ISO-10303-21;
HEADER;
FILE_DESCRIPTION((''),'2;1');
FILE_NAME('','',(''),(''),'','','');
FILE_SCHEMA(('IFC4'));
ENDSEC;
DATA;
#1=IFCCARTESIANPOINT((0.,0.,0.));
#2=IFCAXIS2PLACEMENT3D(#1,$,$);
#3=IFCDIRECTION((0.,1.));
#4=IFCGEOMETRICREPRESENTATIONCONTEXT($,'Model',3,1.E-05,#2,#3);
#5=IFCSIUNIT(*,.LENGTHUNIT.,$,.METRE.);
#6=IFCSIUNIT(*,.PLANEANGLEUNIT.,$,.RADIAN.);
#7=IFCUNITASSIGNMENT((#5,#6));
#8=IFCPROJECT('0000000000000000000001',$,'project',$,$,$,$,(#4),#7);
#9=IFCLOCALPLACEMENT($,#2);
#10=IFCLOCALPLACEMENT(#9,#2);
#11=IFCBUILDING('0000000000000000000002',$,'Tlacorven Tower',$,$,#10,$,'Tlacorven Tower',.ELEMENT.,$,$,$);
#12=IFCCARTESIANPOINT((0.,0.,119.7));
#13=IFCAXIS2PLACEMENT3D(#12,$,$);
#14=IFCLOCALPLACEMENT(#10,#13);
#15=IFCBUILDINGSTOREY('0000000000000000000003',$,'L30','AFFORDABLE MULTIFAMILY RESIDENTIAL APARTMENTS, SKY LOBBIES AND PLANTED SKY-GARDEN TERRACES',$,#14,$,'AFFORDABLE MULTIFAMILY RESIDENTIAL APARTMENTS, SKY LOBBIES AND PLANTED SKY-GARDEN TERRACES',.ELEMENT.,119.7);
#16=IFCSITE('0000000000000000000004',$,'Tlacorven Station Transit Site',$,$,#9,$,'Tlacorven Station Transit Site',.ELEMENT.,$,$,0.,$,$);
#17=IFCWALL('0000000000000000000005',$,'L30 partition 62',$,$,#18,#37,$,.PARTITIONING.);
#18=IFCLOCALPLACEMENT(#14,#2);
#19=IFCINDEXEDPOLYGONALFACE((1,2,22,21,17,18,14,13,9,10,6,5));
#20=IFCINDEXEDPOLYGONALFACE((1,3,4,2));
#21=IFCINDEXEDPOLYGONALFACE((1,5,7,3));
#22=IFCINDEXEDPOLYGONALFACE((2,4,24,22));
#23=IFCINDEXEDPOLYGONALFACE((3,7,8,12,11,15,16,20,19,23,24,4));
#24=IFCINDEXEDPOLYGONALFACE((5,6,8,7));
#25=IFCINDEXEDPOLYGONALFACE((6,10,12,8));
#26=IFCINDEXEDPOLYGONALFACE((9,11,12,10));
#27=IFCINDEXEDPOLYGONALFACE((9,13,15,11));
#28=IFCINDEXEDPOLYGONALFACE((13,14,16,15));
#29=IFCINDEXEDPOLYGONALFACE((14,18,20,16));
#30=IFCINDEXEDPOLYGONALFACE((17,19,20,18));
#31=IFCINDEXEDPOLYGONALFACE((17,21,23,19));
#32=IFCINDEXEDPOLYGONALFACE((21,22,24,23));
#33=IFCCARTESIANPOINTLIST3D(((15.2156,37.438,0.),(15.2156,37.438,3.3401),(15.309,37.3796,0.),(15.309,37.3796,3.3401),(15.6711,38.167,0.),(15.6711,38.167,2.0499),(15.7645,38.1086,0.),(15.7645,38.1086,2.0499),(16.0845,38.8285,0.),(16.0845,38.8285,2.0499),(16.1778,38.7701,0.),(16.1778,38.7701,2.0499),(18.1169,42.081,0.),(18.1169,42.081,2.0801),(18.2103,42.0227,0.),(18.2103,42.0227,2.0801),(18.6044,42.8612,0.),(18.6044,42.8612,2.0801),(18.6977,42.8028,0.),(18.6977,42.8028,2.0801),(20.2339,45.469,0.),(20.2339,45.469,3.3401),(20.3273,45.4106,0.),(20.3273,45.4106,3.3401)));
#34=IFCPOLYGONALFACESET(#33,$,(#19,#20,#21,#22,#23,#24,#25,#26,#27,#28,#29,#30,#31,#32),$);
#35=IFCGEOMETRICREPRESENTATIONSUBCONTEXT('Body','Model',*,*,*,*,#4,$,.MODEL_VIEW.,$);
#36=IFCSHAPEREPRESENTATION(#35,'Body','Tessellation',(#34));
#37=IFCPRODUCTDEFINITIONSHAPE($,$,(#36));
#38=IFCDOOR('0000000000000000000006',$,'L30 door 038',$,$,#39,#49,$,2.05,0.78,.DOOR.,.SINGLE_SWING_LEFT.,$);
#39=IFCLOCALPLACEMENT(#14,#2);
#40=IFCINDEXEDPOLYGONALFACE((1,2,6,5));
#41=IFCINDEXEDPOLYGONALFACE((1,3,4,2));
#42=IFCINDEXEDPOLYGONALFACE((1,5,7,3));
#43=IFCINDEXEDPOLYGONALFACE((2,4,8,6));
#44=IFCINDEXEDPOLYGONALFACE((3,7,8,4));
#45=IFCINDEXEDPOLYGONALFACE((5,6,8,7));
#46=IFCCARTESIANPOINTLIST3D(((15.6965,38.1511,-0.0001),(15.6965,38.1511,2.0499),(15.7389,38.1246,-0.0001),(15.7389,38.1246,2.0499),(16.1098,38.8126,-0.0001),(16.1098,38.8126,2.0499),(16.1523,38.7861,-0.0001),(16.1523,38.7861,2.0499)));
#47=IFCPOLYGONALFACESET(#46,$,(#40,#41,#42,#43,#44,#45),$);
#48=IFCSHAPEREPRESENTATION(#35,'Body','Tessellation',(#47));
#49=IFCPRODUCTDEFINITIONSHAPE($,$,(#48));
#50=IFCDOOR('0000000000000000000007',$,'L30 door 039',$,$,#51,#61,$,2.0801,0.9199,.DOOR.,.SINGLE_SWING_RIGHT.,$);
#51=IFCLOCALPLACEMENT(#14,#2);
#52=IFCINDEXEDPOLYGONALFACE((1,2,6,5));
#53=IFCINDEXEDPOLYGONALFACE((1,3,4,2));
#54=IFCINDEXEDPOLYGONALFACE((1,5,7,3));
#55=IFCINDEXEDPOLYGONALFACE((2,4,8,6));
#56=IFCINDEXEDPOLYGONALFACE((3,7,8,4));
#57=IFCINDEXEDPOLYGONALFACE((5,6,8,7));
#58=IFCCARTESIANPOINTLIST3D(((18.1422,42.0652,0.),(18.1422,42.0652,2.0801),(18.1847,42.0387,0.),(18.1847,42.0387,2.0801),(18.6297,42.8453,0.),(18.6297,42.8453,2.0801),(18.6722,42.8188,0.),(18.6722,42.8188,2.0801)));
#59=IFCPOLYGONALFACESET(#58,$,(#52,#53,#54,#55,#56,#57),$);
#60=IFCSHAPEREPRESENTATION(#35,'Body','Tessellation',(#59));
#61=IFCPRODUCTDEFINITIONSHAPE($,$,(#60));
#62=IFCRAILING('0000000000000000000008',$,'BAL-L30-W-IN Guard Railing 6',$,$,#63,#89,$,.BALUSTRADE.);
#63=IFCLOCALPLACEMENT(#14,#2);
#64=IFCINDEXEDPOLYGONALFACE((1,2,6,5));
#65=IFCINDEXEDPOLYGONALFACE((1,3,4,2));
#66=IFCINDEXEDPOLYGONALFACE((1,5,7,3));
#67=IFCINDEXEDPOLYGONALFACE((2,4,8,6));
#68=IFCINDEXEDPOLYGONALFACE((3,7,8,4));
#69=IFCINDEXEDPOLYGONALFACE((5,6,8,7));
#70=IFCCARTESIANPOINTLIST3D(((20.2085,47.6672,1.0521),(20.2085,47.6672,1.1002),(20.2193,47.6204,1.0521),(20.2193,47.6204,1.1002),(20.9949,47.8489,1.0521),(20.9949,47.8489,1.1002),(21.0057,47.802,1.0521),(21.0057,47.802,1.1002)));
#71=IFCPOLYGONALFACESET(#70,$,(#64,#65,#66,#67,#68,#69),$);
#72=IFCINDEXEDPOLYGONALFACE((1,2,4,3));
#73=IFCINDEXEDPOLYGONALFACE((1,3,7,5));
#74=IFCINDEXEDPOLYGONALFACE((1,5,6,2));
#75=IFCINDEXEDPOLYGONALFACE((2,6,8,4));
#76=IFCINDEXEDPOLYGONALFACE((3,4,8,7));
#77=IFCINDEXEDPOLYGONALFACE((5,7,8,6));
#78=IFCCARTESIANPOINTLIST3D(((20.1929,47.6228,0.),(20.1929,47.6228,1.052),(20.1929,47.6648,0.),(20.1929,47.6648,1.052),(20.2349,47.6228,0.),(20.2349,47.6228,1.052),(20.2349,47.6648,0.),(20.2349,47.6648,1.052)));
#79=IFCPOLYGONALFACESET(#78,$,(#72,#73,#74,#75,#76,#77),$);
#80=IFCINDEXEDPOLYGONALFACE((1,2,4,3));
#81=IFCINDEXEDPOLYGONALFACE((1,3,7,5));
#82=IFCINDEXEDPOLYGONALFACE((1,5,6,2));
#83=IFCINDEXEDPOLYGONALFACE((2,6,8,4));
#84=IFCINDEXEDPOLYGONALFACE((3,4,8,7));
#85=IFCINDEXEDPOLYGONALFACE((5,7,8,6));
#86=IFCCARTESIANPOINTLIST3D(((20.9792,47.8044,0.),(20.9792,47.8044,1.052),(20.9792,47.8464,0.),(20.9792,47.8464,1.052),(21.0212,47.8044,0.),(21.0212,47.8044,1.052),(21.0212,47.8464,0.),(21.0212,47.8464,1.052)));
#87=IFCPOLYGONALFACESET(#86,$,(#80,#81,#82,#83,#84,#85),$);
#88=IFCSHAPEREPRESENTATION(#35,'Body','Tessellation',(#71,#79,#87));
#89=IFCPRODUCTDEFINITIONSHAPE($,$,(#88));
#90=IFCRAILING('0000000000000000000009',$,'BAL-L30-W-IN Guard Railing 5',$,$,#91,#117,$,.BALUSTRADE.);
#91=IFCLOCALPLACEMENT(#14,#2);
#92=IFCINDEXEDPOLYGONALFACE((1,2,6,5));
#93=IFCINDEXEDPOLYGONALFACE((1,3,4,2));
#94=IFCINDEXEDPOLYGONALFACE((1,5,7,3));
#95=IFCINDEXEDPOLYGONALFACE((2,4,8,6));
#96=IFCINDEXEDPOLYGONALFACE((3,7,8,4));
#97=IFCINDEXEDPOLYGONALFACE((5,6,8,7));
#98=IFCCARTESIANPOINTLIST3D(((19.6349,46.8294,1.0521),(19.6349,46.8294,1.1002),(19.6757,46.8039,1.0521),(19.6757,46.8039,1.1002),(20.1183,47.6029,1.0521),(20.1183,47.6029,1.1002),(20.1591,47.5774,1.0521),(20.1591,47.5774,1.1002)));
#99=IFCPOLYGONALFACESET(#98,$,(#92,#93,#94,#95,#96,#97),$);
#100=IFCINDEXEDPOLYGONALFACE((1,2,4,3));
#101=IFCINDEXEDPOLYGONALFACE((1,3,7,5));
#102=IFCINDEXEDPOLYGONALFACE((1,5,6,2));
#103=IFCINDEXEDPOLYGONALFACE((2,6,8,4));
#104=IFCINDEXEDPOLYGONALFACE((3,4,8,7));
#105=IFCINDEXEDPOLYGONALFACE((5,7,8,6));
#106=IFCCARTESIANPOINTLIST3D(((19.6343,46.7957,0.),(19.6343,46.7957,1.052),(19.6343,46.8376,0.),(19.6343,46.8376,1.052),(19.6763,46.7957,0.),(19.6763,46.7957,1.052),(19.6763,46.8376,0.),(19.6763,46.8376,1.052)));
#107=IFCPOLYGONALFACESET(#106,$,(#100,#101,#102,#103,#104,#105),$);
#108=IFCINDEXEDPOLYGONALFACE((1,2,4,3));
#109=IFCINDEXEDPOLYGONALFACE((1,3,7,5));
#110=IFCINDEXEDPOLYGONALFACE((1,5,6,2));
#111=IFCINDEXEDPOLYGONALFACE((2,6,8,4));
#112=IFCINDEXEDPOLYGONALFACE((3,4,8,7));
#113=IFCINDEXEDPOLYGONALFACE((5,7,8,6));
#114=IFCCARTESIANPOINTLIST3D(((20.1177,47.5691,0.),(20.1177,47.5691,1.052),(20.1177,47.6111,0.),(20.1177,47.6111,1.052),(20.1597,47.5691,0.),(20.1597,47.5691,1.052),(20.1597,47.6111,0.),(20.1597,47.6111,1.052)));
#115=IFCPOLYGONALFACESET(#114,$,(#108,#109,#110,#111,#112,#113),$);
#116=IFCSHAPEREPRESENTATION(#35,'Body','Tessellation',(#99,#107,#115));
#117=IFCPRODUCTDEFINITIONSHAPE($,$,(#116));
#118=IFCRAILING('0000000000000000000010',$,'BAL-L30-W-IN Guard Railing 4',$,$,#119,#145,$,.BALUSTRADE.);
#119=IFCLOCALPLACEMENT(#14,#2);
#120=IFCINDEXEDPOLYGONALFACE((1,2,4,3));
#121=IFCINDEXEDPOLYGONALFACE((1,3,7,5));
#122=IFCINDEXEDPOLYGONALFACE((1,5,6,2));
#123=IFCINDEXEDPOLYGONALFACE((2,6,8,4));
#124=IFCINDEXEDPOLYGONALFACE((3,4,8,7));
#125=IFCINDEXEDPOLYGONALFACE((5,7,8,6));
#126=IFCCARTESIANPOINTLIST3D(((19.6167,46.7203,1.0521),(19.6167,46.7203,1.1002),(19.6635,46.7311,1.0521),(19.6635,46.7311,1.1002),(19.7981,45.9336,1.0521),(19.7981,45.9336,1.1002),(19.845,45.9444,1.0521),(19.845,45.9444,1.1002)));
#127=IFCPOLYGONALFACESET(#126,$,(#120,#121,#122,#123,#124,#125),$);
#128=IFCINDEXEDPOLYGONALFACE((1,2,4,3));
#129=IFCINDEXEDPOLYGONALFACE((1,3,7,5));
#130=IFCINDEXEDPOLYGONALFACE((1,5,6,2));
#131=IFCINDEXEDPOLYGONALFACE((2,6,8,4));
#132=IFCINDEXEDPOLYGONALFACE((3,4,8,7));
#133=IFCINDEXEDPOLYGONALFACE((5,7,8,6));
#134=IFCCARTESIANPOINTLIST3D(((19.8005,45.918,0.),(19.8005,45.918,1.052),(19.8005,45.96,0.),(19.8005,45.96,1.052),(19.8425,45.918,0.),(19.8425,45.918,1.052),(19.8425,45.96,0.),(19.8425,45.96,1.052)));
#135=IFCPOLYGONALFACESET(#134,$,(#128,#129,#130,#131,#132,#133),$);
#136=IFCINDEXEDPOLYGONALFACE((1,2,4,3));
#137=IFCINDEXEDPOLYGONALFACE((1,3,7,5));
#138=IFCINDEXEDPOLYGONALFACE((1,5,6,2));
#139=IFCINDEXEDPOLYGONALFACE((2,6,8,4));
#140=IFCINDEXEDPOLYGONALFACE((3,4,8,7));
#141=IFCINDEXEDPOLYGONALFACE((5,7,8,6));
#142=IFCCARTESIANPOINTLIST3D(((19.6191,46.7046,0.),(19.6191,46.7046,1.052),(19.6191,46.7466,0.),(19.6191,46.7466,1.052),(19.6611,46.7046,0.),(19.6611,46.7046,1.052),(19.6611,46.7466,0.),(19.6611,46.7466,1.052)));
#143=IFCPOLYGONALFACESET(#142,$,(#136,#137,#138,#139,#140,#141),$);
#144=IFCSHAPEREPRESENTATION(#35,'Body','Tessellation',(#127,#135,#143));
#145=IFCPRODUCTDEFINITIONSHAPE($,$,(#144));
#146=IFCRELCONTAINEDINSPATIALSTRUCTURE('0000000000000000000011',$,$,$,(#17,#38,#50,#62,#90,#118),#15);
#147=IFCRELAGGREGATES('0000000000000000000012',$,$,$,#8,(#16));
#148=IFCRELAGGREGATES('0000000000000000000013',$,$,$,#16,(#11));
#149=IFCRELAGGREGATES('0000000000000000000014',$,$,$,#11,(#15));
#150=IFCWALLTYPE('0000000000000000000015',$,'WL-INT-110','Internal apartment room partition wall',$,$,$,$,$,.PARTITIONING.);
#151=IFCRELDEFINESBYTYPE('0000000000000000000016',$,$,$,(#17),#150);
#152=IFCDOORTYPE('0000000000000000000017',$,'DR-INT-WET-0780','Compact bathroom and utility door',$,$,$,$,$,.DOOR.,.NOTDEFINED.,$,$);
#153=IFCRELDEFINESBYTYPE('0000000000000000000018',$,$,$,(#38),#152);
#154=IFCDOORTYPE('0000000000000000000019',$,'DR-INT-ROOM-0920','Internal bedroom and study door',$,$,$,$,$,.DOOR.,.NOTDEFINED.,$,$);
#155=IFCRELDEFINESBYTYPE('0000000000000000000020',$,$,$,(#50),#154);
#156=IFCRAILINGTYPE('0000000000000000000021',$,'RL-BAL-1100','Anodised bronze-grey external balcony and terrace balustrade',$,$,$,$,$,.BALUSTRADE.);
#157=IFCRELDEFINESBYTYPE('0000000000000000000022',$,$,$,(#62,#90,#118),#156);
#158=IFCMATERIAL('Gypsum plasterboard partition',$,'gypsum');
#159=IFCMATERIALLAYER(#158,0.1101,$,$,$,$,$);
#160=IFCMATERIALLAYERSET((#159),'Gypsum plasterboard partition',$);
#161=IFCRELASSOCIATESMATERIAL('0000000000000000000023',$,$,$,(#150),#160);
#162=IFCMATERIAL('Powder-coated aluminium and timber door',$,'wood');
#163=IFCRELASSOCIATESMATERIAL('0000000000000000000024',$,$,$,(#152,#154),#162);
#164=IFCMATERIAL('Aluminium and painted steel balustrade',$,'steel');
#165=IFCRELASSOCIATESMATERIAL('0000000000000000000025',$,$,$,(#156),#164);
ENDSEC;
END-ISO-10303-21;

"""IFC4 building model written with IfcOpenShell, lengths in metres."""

from ifc_helpers import new_model, si_unit, direction, frame, frame_2d, origin, origin_2d, place, context, subcontext, project, spatial, rectangle, extrude, source, transform, mapped, material, layer, layer_set, type_object, element, fill, save


model = new_model("IFC4")

# Units and contexts
model_context = context("Model", 3, precision=1e-05, world=origin(), true_north=direction((0.0, 1.0)))
body_context = subcontext(model_context, "Body", "Model", "MODEL_VIEW")
ifc_project = project(units=[si_unit("LENGTHUNIT", "METRE"), si_unit("PLANEANGLEUNIT", "RADIAN")], contexts=[model_context])

# Site, building, storey
site_placement = place(None, origin())
site = spatial("IfcSite", under=ifc_project, at=site_placement, Name="Tlacorven Station Transit Site", LongName="Tlacorven Station Transit Site", CompositionType="ELEMENT", RefElevation=0.0)
building_placement = place(site_placement, origin())
building = spatial("IfcBuilding", under=site, at=building_placement, Name="Tlacorven Tower", LongName="Tlacorven Tower", CompositionType="ELEMENT")
storey_placement = place(building_placement, frame((0.0, 0.0, 119.7)))
storey = spatial("IfcBuildingStorey", under=building, at=storey_placement, Name="L30", Description="AFFORDABLE MULTIFAMILY RESIDENTIAL APARTMENTS, SKY LOBBIES AND PLANTED SKY-GARDEN TERRACES", LongName="AFFORDABLE MULTIFAMILY RESIDENTIAL APARTMENTS, SKY LOBBIES AND PLANTED SKY-GARDEN TERRACES", CompositionType="ELEMENT", Elevation=119.7)

# Shared definitions
ifc_material_1 = material(Name="Powder-coated aluminium and timber door", Category="wood")

# Wall, openings, doors
ifc_material_2 = material(Name="Gypsum plasterboard partition", Category="gypsum")
ifc_layer_1 = layer(ifc_material_2, 0.1101)
ifc_layer_set_1 = layer_set([ifc_layer_1], Name="Gypsum plasterboard partition")
wall_type_1 = type_object("IfcWallType", Name="WL-INT-110", Description="Internal apartment room partition wall", PredefinedType="PARTITIONING", material=ifc_layer_set_1)
wall_1_placement = place(storey_placement, frame((20.2805, 45.4397, 0.0), z_axis=(0.0, 0.0, 1.0), x_axis=(-0.529918, -0.848049, 0.0)))
wall_1 = element("IfcWall", 1, at=wall_1_placement, inside=storey, type_object=wall_type_1, Name="L30 partition 62", PredefinedType="PARTITIONING", context=body_context, shape_type="SweptSolid", body=[
    extrude(rectangle(XDim=9.47, YDim=0.1101, at=frame_2d((4.7349, 0.0))), origin(), (0.0, 0.0, 1.0), 3.3401),
])
opening_1_placement = place(wall_1_placement, frame((7.8301, 0.0, 0.0)))
opening_1 = element("IfcOpeningElement", 2, at=opening_1_placement, cuts=wall_1, PredefinedType="OPENING", context=body_context, shape_type="SweptSolid", body=[
    extrude(rectangle(XDim=0.78, YDim=2.05, at=frame_2d((0.3901, 1.0249))), frame((0.0, 0.0649, 0.0), z_axis=(0.0, -1.0, 0.0), x_axis=(1.0, 0.0, 0.0)), (0.0, 0.0, 1.0), 0.1301),
])
opening_2_placement = place(wall_1_placement, frame((3.075, 0.0, 0.0)))
opening_2 = element("IfcOpeningElement", 3, at=opening_2_placement, cuts=wall_1, PredefinedType="OPENING", context=body_context, shape_type="SweptSolid", body=[
    extrude(rectangle(XDim=0.9199, YDim=2.0801, at=frame_2d((0.46, 1.04))), frame((0.0, 0.0649, 0.0), z_axis=(0.0, -1.0, 0.0), x_axis=(1.0, 0.0, 0.0)), (0.0, 0.0, 1.0), 0.1301),
])
door_type_1 = type_object("IfcDoorType", Name="DR-INT-WET-0780", Description="Compact bathroom and utility door", OperationType="NOTDEFINED", PredefinedType="DOOR", material=ifc_material_1)
shared_shape_1 = source(origin(), body_context, "Body", "SweptSolid", [
    extrude(rectangle(XDim=0.78, YDim=2.05, at=frame_2d((0.3901, 1.0249))), frame((0.0, 0.0249, 0.0), z_axis=(0.0, -1.0, 0.0), x_axis=(1.0, 0.0, 0.0)), (0.0, 0.0, 1.0), 0.05),
])
door_1_placement = place(opening_1_placement, origin())
door_1 = element("IfcDoor", 4, at=door_1_placement, inside=storey, type_object=door_type_1, Name="L30 door 038", OperationType="SINGLE_SWING_LEFT", OverallHeight=2.05, OverallWidth=0.78, PredefinedType="DOOR", context=body_context, shape_type="MappedRepresentation", body=[
    mapped(shared_shape_1, transform((0.0, 0.0, 0.0), scale=1.0)),
])
fill(opening_1, door_1)
door_type_2 = type_object("IfcDoorType", Name="DR-INT-ROOM-0920", Description="Internal bedroom and study door", OperationType="NOTDEFINED", PredefinedType="DOOR", material=ifc_material_1)
shared_shape_2 = source(origin(), body_context, "Body", "SweptSolid", [
    extrude(rectangle(XDim=0.9199, YDim=2.0801, at=frame_2d((0.46, 1.04))), frame((0.0, 0.0249, 0.0), z_axis=(0.0, -1.0, 0.0), x_axis=(1.0, 0.0, 0.0)), (0.0, 0.0, 1.0), 0.05),
])
door_2_placement = place(opening_2_placement, origin())
door_2 = element("IfcDoor", 5, at=door_2_placement, inside=storey, type_object=door_type_2, Name="L30 door 039", OperationType="SINGLE_SWING_RIGHT", OverallHeight=2.0801, OverallWidth=0.9199, PredefinedType="DOOR", context=body_context, shape_type="MappedRepresentation", body=[
    mapped(shared_shape_2, transform((0.0, 0.0, 0.0), scale=1.0)),
])
fill(opening_2, door_2)

# Railings
ifc_material_3 = material(Name="Aluminium and painted steel balustrade", Category="steel")
railing_type = type_object("IfcRailingType", Name="RL-BAL-1100", Description="Anodised bronze-grey external balcony and terrace balustrade", PredefinedType="BALUSTRADE", material=ifc_material_3)
shared_shape_3 = source(origin(), body_context, "Body", "SweptSolid", [
    extrude(rectangle(XDim=0.0481, YDim=0.0481, at=origin_2d()), frame((0.0, 0.0, 1.0762), z_axis=(0.974345, 0.225058, 0.0), x_axis=(-0.225058, 0.974345, 0.0)), (0.0, 0.0, 1.0), 0.8071),
    extrude(rectangle(XDim=0.042, YDim=0.042, at=origin_2d()), origin(), (0.0, 0.0, 1.0), 1.052),
    extrude(rectangle(XDim=0.042, YDim=0.042, at=origin_2d()), frame((0.7864, 0.1816, 0.0)), (0.0, 0.0, 1.0), 1.052),
])
railing_1_placement = place(storey_placement, frame((20.2139, 47.6438, 0.0)))
element("IfcRailing", 6, at=railing_1_placement, inside=storey, type_object=railing_type, Name="BAL-L30-W-IN Guard Railing 6", PredefinedType="BALUSTRADE", context=body_context, shape_type="MappedRepresentation", body=[
    mapped(shared_shape_3, transform((0.0, 0.0, 0.0), scale=1.0)),
])
shared_shape_4 = source(origin(), body_context, "Body", "SweptSolid", [
    extrude(rectangle(XDim=0.0481, YDim=0.0481, at=origin_2d()), frame((0.0, 0.0, 1.0762), z_axis=(0.529999, 0.847998, 0.0), x_axis=(-0.847998, 0.529999, 0.0)), (0.0, 0.0, 1.0), 0.9121),
    extrude(rectangle(XDim=0.042, YDim=0.042, at=origin_2d()), origin(), (0.0, 0.0, 1.0), 1.052),
    extrude(rectangle(XDim=0.042, YDim=0.042, at=origin_2d()), frame((0.4834, 0.7734, 0.0)), (0.0, 0.0, 1.0), 1.052),
])
railing_2_placement = place(storey_placement, frame((19.6553, 46.8167, 0.0)))
element("IfcRailing", 7, at=railing_2_placement, inside=storey, type_object=railing_type, Name="BAL-L30-W-IN Guard Railing 5", PredefinedType="BALUSTRADE", context=body_context, shape_type="MappedRepresentation", body=[
    mapped(shared_shape_4, transform((0.0, 0.0, 0.0), scale=1.0)),
])
shared_shape_5 = source(origin(), body_context, "Body", "SweptSolid", [
    extrude(rectangle(XDim=0.0481, YDim=0.0481, at=origin_2d()), frame((0.0, 0.0, 1.0762), z_axis=(-0.224705, 0.974427, 0.0), x_axis=(-0.974427, -0.224705, 0.0)), (0.0, 0.0, 1.0), 0.8074),
    extrude(rectangle(XDim=0.042, YDim=0.042, at=origin_2d()), origin(), (0.0, 0.0, 1.0), 1.052),
    extrude(rectangle(XDim=0.042, YDim=0.042, at=origin_2d()), frame((-0.1814, 0.7866, 0.0)), (0.0, 0.0, 1.0), 1.052),
])
railing_3_placement = place(storey_placement, frame((19.8215, 45.939, 0.0)))
element("IfcRailing", 8, at=railing_3_placement, inside=storey, type_object=railing_type, Name="BAL-L30-W-IN Guard Railing 4", PredefinedType="BALUSTRADE", context=body_context, shape_type="MappedRepresentation", body=[
    mapped(shared_shape_5, transform((0.0, 0.0, 0.0), scale=1.0)),
])

save(model, "model.ifc")
